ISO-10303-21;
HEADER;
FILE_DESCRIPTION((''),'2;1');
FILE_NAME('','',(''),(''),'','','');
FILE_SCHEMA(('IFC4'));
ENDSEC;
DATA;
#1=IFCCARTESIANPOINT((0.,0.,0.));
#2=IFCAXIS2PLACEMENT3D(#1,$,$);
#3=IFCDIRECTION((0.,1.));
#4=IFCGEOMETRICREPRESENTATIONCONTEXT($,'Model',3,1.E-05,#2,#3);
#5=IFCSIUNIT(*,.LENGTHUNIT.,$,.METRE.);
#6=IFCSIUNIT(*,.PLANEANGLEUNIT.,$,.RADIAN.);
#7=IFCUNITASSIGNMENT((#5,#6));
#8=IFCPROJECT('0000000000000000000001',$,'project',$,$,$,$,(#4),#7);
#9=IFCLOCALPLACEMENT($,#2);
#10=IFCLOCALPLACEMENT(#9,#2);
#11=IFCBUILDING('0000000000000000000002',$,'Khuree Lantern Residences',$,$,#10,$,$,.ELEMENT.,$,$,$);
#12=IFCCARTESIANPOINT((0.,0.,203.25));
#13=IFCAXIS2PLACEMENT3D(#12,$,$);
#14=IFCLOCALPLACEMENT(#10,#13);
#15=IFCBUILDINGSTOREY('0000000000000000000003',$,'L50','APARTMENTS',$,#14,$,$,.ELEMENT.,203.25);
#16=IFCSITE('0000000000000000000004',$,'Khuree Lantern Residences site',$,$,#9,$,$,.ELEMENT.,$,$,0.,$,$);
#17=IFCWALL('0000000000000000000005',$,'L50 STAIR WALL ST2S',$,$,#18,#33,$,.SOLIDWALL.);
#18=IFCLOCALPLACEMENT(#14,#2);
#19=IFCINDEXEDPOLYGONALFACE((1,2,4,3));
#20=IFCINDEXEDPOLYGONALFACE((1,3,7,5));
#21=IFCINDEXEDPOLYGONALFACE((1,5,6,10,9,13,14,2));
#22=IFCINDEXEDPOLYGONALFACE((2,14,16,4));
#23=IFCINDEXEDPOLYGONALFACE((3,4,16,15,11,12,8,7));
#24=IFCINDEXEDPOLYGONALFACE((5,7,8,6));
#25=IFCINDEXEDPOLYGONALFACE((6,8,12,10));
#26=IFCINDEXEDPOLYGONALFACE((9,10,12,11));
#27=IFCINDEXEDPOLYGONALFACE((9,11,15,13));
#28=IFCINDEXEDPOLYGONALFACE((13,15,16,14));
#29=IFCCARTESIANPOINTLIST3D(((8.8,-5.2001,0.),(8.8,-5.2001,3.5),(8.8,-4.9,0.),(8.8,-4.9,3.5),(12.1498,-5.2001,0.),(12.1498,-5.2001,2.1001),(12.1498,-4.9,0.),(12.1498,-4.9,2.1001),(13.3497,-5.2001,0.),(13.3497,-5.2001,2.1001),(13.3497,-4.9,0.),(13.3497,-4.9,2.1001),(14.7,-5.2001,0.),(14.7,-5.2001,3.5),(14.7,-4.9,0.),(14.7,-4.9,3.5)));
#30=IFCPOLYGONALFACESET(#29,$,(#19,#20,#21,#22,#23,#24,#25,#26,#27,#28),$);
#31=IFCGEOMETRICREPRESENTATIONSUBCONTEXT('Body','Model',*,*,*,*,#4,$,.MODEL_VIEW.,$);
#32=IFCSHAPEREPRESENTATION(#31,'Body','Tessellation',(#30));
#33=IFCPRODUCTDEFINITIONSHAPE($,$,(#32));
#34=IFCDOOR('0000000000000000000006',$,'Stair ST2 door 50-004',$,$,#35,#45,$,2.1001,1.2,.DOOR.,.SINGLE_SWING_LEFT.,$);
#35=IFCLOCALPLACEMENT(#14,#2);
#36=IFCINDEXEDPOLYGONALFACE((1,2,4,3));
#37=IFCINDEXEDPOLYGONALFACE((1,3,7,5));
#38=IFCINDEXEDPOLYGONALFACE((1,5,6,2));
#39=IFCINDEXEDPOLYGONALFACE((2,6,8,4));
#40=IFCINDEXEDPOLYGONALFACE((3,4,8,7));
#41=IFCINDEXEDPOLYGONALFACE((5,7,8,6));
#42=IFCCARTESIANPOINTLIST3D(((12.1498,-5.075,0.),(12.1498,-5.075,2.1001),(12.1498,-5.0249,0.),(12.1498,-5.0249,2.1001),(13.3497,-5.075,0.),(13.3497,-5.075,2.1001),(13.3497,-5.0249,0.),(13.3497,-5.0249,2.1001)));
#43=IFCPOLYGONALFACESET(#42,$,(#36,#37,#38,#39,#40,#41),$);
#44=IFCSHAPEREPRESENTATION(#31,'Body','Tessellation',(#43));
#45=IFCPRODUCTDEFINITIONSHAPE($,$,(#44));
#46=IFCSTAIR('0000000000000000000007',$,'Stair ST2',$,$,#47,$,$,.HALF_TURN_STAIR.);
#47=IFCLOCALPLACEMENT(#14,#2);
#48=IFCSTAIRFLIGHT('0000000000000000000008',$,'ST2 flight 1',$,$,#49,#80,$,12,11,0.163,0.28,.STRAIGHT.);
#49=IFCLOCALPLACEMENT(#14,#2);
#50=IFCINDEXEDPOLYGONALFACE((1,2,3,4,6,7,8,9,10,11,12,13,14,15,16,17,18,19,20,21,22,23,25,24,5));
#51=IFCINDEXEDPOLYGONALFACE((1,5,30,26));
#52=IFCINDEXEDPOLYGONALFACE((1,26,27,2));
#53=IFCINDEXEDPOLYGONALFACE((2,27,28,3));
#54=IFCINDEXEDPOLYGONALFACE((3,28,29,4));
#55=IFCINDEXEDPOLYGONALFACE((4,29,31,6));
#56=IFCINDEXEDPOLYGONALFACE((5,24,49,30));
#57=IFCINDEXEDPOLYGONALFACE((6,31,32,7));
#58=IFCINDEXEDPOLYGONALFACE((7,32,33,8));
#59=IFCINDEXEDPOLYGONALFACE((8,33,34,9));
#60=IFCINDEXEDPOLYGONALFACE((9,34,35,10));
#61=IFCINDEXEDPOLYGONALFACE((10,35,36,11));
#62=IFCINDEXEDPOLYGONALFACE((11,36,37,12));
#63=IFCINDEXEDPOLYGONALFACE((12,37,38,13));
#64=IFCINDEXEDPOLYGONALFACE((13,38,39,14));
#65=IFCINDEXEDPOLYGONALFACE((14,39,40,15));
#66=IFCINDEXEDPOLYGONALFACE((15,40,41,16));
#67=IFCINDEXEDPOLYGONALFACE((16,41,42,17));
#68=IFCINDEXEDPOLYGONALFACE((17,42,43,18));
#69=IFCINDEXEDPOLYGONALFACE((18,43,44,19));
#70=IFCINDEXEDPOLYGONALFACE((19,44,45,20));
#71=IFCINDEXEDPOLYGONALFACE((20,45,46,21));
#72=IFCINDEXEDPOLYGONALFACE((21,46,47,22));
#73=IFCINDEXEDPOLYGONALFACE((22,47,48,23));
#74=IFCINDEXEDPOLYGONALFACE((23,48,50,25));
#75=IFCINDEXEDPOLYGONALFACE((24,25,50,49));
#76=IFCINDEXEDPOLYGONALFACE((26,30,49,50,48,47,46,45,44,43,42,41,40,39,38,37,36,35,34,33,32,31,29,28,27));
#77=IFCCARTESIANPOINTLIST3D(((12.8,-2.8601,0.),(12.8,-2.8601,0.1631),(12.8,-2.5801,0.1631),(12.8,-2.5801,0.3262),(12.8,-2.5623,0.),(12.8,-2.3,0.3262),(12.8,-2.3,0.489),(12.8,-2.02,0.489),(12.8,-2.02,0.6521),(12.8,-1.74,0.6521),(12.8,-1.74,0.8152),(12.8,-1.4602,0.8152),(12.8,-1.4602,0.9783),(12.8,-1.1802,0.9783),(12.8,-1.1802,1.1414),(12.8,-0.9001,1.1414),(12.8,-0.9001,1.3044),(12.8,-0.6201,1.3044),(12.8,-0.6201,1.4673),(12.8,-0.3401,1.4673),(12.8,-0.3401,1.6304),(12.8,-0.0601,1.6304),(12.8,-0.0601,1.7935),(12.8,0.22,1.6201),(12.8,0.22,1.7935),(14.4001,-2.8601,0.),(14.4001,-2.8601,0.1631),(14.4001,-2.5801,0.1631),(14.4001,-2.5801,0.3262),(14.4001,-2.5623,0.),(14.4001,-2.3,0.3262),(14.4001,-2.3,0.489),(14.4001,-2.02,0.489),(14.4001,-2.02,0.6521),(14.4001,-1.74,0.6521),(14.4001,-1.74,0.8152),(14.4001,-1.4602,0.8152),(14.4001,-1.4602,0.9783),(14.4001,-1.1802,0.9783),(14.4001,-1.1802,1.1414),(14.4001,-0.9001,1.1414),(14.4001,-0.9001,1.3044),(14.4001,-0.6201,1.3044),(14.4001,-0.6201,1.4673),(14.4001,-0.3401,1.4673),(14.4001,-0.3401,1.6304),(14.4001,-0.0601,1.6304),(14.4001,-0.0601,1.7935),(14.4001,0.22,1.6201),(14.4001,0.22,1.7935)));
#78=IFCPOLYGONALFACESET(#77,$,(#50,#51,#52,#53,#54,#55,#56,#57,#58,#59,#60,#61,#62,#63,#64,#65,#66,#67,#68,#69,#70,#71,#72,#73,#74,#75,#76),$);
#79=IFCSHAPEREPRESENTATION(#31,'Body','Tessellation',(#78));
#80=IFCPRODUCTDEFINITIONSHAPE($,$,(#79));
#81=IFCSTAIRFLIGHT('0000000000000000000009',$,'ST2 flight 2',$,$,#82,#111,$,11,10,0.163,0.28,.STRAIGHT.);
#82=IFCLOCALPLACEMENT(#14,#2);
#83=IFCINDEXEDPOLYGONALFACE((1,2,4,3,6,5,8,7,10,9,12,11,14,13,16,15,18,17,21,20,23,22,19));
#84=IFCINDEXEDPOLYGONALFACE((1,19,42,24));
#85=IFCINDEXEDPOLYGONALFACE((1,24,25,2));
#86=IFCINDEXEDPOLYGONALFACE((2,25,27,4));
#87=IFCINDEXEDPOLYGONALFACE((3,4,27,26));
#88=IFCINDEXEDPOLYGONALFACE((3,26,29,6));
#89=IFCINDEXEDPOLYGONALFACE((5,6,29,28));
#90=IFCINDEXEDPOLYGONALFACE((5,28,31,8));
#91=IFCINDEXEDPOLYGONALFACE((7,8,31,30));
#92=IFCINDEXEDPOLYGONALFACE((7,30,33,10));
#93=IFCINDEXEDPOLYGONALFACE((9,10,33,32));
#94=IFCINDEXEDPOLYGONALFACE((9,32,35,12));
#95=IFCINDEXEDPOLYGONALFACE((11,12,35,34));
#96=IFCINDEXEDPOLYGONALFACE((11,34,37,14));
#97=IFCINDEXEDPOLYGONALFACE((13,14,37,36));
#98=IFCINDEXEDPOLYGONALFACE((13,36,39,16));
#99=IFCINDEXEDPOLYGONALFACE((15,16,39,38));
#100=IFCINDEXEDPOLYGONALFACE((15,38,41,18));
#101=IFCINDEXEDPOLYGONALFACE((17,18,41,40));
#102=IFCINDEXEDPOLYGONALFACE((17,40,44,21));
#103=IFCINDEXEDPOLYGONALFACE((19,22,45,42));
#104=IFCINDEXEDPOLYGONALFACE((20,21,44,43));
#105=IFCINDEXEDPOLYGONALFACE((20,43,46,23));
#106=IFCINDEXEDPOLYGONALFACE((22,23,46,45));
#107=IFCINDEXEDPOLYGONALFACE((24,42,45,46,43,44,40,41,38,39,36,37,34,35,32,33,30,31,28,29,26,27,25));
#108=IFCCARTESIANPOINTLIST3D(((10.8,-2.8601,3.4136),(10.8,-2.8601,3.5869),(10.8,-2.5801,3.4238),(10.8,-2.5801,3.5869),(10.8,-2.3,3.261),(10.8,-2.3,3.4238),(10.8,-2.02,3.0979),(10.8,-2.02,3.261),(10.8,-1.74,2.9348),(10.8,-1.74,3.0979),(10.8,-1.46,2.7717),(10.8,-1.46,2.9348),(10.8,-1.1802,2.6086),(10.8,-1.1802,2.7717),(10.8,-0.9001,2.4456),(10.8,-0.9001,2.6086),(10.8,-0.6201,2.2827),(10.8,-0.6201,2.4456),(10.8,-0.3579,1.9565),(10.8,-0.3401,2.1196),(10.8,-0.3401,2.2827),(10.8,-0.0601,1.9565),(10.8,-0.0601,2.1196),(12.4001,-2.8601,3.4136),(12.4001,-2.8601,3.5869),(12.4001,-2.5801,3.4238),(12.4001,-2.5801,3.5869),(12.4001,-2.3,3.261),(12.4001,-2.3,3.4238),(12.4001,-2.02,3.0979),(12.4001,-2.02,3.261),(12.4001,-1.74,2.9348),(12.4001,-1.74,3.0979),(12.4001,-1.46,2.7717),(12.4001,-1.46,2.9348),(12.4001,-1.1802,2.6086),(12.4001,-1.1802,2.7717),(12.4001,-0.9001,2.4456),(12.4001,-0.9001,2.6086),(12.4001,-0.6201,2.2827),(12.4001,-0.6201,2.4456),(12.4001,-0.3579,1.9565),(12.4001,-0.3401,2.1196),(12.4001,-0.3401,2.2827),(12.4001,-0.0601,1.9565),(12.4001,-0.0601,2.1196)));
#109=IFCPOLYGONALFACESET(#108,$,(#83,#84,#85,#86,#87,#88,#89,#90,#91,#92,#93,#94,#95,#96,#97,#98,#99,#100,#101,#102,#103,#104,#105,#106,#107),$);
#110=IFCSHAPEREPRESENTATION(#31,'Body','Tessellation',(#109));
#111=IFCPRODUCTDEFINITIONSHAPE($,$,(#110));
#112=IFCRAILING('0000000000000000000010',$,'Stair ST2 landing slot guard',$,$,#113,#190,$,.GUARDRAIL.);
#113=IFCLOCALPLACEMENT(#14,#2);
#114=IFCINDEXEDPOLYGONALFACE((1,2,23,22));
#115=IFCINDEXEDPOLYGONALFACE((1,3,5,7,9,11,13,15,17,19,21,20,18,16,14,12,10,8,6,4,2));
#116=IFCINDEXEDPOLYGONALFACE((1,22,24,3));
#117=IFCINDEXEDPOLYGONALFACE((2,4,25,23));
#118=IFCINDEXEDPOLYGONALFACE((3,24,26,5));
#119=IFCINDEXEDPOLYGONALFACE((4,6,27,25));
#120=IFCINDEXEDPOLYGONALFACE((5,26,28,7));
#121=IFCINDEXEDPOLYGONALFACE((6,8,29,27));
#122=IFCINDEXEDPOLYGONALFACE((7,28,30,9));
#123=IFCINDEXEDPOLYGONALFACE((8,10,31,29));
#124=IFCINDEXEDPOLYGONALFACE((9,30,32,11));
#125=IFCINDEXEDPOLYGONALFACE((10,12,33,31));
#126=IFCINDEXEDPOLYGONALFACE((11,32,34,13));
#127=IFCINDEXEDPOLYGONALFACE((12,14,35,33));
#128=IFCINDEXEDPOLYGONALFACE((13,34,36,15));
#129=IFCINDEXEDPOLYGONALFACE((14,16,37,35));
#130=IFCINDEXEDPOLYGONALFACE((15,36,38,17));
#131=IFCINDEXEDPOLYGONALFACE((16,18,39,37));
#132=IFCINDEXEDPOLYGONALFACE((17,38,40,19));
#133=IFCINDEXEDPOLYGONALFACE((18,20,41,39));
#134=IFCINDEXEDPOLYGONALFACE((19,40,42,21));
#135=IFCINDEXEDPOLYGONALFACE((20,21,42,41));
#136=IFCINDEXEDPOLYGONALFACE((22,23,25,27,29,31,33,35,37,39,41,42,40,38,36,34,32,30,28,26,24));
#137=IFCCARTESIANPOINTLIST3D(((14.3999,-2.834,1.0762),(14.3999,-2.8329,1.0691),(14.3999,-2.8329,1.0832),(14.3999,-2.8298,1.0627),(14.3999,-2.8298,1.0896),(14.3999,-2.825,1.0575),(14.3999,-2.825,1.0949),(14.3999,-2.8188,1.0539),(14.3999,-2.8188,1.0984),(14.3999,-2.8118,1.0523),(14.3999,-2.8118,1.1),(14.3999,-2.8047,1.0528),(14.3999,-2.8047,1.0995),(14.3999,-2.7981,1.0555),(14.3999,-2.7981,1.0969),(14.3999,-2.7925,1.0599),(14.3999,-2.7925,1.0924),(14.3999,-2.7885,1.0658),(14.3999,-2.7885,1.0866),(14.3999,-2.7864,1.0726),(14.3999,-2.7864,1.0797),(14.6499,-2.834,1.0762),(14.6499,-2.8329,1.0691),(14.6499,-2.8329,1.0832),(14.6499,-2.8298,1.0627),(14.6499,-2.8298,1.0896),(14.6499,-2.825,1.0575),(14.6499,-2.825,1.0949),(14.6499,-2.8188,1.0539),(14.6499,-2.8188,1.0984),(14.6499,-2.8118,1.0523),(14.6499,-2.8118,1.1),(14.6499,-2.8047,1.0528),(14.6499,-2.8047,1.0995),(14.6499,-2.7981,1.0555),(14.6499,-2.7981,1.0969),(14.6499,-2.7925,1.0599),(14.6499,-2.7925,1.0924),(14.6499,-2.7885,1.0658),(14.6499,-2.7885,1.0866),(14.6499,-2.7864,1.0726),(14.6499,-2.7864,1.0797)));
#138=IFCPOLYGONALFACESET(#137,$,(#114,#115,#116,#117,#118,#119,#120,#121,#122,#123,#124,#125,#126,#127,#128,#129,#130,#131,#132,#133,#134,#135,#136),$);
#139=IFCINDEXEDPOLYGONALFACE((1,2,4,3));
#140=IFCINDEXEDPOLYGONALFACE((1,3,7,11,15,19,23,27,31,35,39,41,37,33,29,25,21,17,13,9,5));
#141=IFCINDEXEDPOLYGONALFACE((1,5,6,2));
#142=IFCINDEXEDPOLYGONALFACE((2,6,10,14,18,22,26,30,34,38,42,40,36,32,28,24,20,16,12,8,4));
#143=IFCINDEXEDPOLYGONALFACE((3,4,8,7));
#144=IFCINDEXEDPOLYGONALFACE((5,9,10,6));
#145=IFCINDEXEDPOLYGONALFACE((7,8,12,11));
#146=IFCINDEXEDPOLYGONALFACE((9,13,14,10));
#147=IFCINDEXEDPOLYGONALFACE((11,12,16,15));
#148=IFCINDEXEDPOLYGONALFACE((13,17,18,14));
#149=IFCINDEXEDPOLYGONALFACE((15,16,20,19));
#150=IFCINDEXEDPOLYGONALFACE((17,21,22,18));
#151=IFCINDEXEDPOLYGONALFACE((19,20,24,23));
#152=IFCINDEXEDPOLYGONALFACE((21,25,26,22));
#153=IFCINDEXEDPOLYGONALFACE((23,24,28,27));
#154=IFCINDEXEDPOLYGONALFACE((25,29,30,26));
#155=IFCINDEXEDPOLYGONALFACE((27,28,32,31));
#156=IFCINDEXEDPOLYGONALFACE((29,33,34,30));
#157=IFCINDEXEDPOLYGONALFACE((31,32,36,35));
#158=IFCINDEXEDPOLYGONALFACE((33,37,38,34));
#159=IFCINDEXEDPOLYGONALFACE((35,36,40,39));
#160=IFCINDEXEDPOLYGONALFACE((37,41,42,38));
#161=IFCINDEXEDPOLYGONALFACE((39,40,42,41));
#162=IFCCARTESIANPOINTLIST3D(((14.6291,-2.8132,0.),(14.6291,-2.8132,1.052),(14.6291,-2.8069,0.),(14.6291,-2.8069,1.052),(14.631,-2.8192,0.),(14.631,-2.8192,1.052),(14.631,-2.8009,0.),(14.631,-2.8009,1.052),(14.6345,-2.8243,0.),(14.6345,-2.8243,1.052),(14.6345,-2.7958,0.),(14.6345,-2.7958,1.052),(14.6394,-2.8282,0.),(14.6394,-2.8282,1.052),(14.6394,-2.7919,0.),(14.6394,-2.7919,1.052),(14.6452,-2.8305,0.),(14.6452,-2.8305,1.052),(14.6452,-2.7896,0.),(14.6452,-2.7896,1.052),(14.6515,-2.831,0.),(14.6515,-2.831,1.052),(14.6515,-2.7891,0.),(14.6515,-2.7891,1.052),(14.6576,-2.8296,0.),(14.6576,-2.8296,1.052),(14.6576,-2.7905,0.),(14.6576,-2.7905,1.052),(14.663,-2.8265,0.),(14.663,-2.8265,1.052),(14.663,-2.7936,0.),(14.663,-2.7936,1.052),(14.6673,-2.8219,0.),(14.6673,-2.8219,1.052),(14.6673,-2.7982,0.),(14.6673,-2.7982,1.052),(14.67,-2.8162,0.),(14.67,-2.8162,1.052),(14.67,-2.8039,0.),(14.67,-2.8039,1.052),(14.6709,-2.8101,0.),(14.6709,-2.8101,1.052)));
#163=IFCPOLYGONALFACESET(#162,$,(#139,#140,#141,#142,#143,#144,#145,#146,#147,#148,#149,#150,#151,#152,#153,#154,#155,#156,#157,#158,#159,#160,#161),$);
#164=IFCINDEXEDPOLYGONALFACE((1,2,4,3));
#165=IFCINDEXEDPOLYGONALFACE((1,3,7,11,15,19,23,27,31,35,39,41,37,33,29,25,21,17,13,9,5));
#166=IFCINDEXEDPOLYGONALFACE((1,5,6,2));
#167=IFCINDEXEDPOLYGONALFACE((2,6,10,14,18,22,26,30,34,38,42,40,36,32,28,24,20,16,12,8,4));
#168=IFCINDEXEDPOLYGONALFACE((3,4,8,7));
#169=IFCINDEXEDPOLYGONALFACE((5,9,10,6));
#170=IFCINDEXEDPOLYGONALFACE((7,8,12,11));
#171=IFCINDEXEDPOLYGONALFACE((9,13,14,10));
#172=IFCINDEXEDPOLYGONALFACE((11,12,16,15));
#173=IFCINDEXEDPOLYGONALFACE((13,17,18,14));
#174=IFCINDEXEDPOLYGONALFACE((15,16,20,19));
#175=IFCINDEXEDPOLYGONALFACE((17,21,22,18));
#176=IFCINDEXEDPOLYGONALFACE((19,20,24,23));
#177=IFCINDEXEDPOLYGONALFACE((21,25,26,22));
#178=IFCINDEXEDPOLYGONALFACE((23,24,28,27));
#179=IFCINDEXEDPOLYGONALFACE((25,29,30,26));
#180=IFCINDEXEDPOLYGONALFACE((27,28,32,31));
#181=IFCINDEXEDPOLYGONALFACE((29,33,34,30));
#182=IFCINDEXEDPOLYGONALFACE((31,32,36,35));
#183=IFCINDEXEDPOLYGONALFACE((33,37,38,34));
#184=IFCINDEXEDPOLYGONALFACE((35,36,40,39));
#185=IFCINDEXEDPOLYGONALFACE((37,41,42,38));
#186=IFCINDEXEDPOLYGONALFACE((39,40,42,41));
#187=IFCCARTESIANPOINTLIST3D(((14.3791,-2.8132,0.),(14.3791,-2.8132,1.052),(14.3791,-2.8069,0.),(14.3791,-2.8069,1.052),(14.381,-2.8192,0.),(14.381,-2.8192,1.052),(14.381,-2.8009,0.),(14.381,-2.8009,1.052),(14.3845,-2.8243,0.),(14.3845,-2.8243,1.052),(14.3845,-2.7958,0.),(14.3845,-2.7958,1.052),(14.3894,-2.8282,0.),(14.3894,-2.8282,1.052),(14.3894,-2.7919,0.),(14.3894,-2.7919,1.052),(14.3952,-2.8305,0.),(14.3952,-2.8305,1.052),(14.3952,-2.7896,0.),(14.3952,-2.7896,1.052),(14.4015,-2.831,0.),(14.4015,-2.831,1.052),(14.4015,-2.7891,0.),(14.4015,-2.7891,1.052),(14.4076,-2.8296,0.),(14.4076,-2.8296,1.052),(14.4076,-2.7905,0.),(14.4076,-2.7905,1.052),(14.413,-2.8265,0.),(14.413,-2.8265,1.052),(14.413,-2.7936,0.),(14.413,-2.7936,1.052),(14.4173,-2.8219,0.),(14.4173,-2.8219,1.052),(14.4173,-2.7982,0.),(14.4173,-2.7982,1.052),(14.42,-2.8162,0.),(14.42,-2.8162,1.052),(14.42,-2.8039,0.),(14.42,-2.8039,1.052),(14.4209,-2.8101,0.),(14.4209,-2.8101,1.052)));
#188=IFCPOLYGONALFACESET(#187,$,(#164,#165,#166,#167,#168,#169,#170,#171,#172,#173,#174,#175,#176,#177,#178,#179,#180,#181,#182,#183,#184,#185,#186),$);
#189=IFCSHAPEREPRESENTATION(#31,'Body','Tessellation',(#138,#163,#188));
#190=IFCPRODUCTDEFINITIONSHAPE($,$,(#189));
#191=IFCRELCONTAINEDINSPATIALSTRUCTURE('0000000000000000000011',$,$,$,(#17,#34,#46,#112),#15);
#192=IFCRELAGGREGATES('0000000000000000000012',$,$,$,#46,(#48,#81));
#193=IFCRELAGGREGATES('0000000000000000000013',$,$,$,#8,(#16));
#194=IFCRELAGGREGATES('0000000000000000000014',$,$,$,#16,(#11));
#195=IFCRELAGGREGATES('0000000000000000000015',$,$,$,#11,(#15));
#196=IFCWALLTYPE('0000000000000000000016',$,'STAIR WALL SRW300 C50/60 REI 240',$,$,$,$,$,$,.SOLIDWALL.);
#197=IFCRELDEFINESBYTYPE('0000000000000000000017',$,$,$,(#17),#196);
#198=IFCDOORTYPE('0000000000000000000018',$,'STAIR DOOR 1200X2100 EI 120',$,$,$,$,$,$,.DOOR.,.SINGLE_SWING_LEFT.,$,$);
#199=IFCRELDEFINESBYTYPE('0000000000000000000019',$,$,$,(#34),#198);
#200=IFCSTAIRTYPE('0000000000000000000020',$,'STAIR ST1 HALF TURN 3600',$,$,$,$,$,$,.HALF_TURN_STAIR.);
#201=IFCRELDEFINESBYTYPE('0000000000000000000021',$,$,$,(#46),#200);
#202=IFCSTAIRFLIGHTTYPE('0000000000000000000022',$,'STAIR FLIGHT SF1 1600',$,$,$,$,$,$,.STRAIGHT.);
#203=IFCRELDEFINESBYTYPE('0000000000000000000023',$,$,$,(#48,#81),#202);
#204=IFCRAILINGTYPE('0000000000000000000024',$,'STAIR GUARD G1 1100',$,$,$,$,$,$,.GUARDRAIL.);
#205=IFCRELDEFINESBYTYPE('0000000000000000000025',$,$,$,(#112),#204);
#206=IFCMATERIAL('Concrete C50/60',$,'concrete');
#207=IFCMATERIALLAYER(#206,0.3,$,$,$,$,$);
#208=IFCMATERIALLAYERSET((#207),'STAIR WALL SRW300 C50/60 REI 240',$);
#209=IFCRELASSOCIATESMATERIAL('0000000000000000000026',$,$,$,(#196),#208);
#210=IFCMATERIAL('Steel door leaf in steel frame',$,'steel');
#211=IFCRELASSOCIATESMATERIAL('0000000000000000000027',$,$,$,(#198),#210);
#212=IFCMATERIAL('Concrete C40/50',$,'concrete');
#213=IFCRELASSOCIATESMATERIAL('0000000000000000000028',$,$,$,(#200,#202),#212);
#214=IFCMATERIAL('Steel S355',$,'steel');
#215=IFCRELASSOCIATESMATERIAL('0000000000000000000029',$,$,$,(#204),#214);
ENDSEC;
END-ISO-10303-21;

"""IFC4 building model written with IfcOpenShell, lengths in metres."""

from ifc_helpers import new_model, si_unit, direction, frame, frame_2d, origin, origin_2d, place, context, subcontext, project, spatial, polyline, rectangle, circle, outline, extrude, material, layer, layer_set, type_object, element, fill, aggregate, save


model = new_model("IFC4")

# Units and contexts
model_context = context("Model", 3, precision=1e-05, world=origin(), true_north=direction((0.0, 1.0)))
body_context = subcontext(model_context, "Body", "Model", "MODEL_VIEW")
ifc_project = project(units=[si_unit("LENGTHUNIT", "METRE"), si_unit("PLANEANGLEUNIT", "RADIAN")], contexts=[model_context])

# Site, building, storey
site_placement = place(None, origin())
site = spatial("IfcSite", under=ifc_project, at=site_placement, Name="Khuree Lantern Residences site", CompositionType="ELEMENT", RefElevation=0.0)
building_placement = place(site_placement, origin())
building = spatial("IfcBuilding", under=site, at=building_placement, Name="Khuree Lantern Residences", CompositionType="ELEMENT")
storey_placement = place(building_placement, frame((0.0, 0.0, 203.25)))
storey = spatial("IfcBuildingStorey", under=building, at=storey_placement, Name="L50", Description="APARTMENTS", CompositionType="ELEMENT", Elevation=203.25)

# Shared definitions
ifc_material_1 = material(Name="Concrete C50/60", Category="concrete")

# Shared definitions
ifc_material_2 = material(Name="Steel door leaf in steel frame", Category="steel")

# Shared definitions
ifc_layer_1 = layer(ifc_material_1, 0.3)
ifc_layer_set_1 = layer_set([ifc_layer_1], Name="STAIR WALL SRW300 C50/60 REI 240")
wall_type_1 = type_object("IfcWallType", Name="STAIR WALL SRW300 C50/60 REI 240", PredefinedType="SOLIDWALL", material=ifc_layer_set_1)

# Wall, opening, door
wall_1_placement = place(storey_placement, frame((14.7, -5.05, 0.0), z_axis=(0.0, 0.0, 1.0), x_axis=(-1.0, 0.0, 0.0)))
wall_1 = element("IfcWall", 1, at=wall_1_placement, inside=storey, type_object=wall_type_1, Name="L50 STAIR WALL ST2S", PredefinedType="SOLIDWALL", context=body_context, shape_type="SweptSolid", body=[
    extrude(rectangle(XDim=5.8999, YDim=0.3, at=frame_2d((2.95, 0.0))), origin(), (0.0, 0.0, 1.0), 3.5),
])
opening_1_placement = place(wall_1_placement, frame((1.3501, 0.0, 0.0)))
opening_1 = element("IfcOpeningElement", 2, at=opening_1_placement, cuts=wall_1, PredefinedType="OPENING", context=body_context, shape_type="SweptSolid", body=[
    extrude(rectangle(XDim=1.2, YDim=2.1001, at=frame_2d((0.6001, 1.05))), frame((0.0, 0.1602, 0.0), z_axis=(0.0, -1.0, 0.0), x_axis=(1.0, 0.0, 0.0)), (0.0, 0.0, 1.0), 0.3201),
])
door_type_1 = type_object("IfcDoorType", Name="STAIR DOOR 1200X2100 EI 120", OperationType="SINGLE_SWING_LEFT", PredefinedType="DOOR", material=ifc_material_2)
door_1_placement = place(opening_1_placement, origin())
door_1 = element("IfcDoor", 3, at=door_1_placement, inside=storey, type_object=door_type_1, Name="Stair ST2 door 50-004", OperationType="SINGLE_SWING_LEFT", OverallHeight=2.1001, OverallWidth=1.2, PredefinedType="DOOR", context=body_context, shape_type="SweptSolid", body=[
    extrude(rectangle(XDim=1.2, YDim=2.1001, at=frame_2d((0.6001, 1.05))), frame((0.0, 0.0249, 0.0), z_axis=(0.0, -1.0, 0.0), x_axis=(1.0, 0.0, 0.0)), (0.0, 0.0, 1.0), 0.05),
])
fill(opening_1, door_1)

# Stair, stair flights
ifc_material_3 = material(Name="Concrete C40/50", Category="concrete")
stair_type = type_object("IfcStairType", Name="STAIR ST1 HALF TURN 3600", PredefinedType="HALF_TURN_STAIR", material=ifc_material_3)
stair_placement = place(storey_placement, origin())
stair = element("IfcStair", 4, at=stair_placement, inside=storey, type_object=stair_type, Name="Stair ST2", PredefinedType="HALF_TURN_STAIR")
stair_flight_type = type_object("IfcStairFlightType", Name="STAIR FLIGHT SF1 1600", PredefinedType="STRAIGHT", material=ifc_material_3)
stair_flight_1_placement = place(storey_placement, frame((13.6001, -2.8601, 0.0), z_axis=(0.0, 0.0, 1.0), x_axis=(0.0, 1.0, 0.0)))
stair_flight_1 = element("IfcStairFlight", 5, at=stair_flight_1_placement, type_object=stair_flight_type, Name="ST2 flight 1", NumberOfRisers=12, NumberOfTreads=11, PredefinedType="STRAIGHT", RiserHeight=0.163, TreadLength=0.28, context=body_context, shape_type="SweptSolid", body=[
    extrude(outline(polyline([(0.0, 0.0), (0.0, 0.1631), (0.28, 0.1631), (0.28, 0.3262), (0.5601, 0.3262), (0.5601, 0.489), (0.8401, 0.489), (0.8401, 0.6521), (1.1201, 0.6521), (1.1201, 0.8152), (1.3999, 0.8152), (1.3999, 0.9783), (1.6799, 0.9783), (1.6799, 1.1414), (1.96, 1.1414), (1.96, 1.3044), (2.24, 1.3044), (2.24, 1.4673), (2.52, 1.4673), (2.52, 1.6304), (2.8, 1.6304), (2.8, 1.7935), (3.0801, 1.7935), (3.0801, 1.9565), (3.0801, 1.6201), (0.2979, 0.0), (0.0, 0.0)])), frame((0.0, 0.8, 0.0), z_axis=(0.0, -1.0, 0.0), x_axis=(1.0, 0.0, 0.0)), (0.0, 0.0, 1.0), 1.6001),
])
stair_flight_2_placement = place(storey_placement, frame((11.6001, -0.0601, 1.9565), z_axis=(0.0, 0.0, 1.0), x_axis=(0.0, -1.0, 0.0)))
stair_flight_2 = element("IfcStairFlight", 6, at=stair_flight_2_placement, type_object=stair_flight_type, Name="ST2 flight 2", NumberOfRisers=11, NumberOfTreads=10, PredefinedType="STRAIGHT", RiserHeight=0.163, TreadLength=0.28, context=body_context, shape_type="SweptSolid", body=[
    extrude(outline(polyline([(0.0, 0.0), (0.0, 0.1631), (0.28, 0.1631), (0.28, 0.3262), (0.5601, 0.3262), (0.5601, 0.489), (0.8401, 0.489), (0.8401, 0.6521), (1.1201, 0.6521), (1.1201, 0.8152), (1.3999, 0.8152), (1.3999, 0.9783), (1.6799, 0.9783), (1.6799, 1.1414), (1.96, 1.1414), (1.96, 1.3044), (2.24, 1.3044), (2.24, 1.4673), (2.52, 1.4673), (2.52, 1.6304), (2.8, 1.6304), (2.8, 1.7935), (2.8, 1.457), (0.2979, 0.0), (0.0, 0.0)])), frame((0.0, 0.8, 0.0), z_axis=(0.0, -1.0, 0.0), x_axis=(1.0, 0.0, 0.0)), (0.0, 0.0, 1.0), 1.6001),
])
aggregate(stair, [stair_flight_1, stair_flight_2])

# Railing
ifc_material_4 = material(Name="Steel S355", Category="steel")
railing_type_1 = type_object("IfcRailingType", Name="STAIR GUARD G1 1100", PredefinedType="GUARDRAIL", material=ifc_material_4)
railing_1_placement = place(storey_placement, frame((14.6499, -2.8101, 0.0)))
element("IfcRailing", 7, at=railing_1_placement, inside=storey, type_object=railing_type_1, Name="Stair ST2 landing slot guard", PredefinedType="GUARDRAIL", context=body_context, shape_type="SweptSolid", body=[
    extrude(circle(Radius=0.0239, at=origin_2d()), frame((0.0, 0.0, 1.0762), z_axis=(-1.0, 0.0, 0.0), x_axis=(0.0, -1.0, 0.0)), (0.0, 0.0, 1.0), 0.25),
    extrude(circle(Radius=0.021, at=origin_2d()), origin(), (0.0, 0.0, 1.0), 1.052),
    extrude(circle(Radius=0.021, at=origin_2d()), frame((-0.25, 0.0, 0.0)), (0.0, 0.0, 1.0), 1.052),
])

save(model, "model.ifc")
